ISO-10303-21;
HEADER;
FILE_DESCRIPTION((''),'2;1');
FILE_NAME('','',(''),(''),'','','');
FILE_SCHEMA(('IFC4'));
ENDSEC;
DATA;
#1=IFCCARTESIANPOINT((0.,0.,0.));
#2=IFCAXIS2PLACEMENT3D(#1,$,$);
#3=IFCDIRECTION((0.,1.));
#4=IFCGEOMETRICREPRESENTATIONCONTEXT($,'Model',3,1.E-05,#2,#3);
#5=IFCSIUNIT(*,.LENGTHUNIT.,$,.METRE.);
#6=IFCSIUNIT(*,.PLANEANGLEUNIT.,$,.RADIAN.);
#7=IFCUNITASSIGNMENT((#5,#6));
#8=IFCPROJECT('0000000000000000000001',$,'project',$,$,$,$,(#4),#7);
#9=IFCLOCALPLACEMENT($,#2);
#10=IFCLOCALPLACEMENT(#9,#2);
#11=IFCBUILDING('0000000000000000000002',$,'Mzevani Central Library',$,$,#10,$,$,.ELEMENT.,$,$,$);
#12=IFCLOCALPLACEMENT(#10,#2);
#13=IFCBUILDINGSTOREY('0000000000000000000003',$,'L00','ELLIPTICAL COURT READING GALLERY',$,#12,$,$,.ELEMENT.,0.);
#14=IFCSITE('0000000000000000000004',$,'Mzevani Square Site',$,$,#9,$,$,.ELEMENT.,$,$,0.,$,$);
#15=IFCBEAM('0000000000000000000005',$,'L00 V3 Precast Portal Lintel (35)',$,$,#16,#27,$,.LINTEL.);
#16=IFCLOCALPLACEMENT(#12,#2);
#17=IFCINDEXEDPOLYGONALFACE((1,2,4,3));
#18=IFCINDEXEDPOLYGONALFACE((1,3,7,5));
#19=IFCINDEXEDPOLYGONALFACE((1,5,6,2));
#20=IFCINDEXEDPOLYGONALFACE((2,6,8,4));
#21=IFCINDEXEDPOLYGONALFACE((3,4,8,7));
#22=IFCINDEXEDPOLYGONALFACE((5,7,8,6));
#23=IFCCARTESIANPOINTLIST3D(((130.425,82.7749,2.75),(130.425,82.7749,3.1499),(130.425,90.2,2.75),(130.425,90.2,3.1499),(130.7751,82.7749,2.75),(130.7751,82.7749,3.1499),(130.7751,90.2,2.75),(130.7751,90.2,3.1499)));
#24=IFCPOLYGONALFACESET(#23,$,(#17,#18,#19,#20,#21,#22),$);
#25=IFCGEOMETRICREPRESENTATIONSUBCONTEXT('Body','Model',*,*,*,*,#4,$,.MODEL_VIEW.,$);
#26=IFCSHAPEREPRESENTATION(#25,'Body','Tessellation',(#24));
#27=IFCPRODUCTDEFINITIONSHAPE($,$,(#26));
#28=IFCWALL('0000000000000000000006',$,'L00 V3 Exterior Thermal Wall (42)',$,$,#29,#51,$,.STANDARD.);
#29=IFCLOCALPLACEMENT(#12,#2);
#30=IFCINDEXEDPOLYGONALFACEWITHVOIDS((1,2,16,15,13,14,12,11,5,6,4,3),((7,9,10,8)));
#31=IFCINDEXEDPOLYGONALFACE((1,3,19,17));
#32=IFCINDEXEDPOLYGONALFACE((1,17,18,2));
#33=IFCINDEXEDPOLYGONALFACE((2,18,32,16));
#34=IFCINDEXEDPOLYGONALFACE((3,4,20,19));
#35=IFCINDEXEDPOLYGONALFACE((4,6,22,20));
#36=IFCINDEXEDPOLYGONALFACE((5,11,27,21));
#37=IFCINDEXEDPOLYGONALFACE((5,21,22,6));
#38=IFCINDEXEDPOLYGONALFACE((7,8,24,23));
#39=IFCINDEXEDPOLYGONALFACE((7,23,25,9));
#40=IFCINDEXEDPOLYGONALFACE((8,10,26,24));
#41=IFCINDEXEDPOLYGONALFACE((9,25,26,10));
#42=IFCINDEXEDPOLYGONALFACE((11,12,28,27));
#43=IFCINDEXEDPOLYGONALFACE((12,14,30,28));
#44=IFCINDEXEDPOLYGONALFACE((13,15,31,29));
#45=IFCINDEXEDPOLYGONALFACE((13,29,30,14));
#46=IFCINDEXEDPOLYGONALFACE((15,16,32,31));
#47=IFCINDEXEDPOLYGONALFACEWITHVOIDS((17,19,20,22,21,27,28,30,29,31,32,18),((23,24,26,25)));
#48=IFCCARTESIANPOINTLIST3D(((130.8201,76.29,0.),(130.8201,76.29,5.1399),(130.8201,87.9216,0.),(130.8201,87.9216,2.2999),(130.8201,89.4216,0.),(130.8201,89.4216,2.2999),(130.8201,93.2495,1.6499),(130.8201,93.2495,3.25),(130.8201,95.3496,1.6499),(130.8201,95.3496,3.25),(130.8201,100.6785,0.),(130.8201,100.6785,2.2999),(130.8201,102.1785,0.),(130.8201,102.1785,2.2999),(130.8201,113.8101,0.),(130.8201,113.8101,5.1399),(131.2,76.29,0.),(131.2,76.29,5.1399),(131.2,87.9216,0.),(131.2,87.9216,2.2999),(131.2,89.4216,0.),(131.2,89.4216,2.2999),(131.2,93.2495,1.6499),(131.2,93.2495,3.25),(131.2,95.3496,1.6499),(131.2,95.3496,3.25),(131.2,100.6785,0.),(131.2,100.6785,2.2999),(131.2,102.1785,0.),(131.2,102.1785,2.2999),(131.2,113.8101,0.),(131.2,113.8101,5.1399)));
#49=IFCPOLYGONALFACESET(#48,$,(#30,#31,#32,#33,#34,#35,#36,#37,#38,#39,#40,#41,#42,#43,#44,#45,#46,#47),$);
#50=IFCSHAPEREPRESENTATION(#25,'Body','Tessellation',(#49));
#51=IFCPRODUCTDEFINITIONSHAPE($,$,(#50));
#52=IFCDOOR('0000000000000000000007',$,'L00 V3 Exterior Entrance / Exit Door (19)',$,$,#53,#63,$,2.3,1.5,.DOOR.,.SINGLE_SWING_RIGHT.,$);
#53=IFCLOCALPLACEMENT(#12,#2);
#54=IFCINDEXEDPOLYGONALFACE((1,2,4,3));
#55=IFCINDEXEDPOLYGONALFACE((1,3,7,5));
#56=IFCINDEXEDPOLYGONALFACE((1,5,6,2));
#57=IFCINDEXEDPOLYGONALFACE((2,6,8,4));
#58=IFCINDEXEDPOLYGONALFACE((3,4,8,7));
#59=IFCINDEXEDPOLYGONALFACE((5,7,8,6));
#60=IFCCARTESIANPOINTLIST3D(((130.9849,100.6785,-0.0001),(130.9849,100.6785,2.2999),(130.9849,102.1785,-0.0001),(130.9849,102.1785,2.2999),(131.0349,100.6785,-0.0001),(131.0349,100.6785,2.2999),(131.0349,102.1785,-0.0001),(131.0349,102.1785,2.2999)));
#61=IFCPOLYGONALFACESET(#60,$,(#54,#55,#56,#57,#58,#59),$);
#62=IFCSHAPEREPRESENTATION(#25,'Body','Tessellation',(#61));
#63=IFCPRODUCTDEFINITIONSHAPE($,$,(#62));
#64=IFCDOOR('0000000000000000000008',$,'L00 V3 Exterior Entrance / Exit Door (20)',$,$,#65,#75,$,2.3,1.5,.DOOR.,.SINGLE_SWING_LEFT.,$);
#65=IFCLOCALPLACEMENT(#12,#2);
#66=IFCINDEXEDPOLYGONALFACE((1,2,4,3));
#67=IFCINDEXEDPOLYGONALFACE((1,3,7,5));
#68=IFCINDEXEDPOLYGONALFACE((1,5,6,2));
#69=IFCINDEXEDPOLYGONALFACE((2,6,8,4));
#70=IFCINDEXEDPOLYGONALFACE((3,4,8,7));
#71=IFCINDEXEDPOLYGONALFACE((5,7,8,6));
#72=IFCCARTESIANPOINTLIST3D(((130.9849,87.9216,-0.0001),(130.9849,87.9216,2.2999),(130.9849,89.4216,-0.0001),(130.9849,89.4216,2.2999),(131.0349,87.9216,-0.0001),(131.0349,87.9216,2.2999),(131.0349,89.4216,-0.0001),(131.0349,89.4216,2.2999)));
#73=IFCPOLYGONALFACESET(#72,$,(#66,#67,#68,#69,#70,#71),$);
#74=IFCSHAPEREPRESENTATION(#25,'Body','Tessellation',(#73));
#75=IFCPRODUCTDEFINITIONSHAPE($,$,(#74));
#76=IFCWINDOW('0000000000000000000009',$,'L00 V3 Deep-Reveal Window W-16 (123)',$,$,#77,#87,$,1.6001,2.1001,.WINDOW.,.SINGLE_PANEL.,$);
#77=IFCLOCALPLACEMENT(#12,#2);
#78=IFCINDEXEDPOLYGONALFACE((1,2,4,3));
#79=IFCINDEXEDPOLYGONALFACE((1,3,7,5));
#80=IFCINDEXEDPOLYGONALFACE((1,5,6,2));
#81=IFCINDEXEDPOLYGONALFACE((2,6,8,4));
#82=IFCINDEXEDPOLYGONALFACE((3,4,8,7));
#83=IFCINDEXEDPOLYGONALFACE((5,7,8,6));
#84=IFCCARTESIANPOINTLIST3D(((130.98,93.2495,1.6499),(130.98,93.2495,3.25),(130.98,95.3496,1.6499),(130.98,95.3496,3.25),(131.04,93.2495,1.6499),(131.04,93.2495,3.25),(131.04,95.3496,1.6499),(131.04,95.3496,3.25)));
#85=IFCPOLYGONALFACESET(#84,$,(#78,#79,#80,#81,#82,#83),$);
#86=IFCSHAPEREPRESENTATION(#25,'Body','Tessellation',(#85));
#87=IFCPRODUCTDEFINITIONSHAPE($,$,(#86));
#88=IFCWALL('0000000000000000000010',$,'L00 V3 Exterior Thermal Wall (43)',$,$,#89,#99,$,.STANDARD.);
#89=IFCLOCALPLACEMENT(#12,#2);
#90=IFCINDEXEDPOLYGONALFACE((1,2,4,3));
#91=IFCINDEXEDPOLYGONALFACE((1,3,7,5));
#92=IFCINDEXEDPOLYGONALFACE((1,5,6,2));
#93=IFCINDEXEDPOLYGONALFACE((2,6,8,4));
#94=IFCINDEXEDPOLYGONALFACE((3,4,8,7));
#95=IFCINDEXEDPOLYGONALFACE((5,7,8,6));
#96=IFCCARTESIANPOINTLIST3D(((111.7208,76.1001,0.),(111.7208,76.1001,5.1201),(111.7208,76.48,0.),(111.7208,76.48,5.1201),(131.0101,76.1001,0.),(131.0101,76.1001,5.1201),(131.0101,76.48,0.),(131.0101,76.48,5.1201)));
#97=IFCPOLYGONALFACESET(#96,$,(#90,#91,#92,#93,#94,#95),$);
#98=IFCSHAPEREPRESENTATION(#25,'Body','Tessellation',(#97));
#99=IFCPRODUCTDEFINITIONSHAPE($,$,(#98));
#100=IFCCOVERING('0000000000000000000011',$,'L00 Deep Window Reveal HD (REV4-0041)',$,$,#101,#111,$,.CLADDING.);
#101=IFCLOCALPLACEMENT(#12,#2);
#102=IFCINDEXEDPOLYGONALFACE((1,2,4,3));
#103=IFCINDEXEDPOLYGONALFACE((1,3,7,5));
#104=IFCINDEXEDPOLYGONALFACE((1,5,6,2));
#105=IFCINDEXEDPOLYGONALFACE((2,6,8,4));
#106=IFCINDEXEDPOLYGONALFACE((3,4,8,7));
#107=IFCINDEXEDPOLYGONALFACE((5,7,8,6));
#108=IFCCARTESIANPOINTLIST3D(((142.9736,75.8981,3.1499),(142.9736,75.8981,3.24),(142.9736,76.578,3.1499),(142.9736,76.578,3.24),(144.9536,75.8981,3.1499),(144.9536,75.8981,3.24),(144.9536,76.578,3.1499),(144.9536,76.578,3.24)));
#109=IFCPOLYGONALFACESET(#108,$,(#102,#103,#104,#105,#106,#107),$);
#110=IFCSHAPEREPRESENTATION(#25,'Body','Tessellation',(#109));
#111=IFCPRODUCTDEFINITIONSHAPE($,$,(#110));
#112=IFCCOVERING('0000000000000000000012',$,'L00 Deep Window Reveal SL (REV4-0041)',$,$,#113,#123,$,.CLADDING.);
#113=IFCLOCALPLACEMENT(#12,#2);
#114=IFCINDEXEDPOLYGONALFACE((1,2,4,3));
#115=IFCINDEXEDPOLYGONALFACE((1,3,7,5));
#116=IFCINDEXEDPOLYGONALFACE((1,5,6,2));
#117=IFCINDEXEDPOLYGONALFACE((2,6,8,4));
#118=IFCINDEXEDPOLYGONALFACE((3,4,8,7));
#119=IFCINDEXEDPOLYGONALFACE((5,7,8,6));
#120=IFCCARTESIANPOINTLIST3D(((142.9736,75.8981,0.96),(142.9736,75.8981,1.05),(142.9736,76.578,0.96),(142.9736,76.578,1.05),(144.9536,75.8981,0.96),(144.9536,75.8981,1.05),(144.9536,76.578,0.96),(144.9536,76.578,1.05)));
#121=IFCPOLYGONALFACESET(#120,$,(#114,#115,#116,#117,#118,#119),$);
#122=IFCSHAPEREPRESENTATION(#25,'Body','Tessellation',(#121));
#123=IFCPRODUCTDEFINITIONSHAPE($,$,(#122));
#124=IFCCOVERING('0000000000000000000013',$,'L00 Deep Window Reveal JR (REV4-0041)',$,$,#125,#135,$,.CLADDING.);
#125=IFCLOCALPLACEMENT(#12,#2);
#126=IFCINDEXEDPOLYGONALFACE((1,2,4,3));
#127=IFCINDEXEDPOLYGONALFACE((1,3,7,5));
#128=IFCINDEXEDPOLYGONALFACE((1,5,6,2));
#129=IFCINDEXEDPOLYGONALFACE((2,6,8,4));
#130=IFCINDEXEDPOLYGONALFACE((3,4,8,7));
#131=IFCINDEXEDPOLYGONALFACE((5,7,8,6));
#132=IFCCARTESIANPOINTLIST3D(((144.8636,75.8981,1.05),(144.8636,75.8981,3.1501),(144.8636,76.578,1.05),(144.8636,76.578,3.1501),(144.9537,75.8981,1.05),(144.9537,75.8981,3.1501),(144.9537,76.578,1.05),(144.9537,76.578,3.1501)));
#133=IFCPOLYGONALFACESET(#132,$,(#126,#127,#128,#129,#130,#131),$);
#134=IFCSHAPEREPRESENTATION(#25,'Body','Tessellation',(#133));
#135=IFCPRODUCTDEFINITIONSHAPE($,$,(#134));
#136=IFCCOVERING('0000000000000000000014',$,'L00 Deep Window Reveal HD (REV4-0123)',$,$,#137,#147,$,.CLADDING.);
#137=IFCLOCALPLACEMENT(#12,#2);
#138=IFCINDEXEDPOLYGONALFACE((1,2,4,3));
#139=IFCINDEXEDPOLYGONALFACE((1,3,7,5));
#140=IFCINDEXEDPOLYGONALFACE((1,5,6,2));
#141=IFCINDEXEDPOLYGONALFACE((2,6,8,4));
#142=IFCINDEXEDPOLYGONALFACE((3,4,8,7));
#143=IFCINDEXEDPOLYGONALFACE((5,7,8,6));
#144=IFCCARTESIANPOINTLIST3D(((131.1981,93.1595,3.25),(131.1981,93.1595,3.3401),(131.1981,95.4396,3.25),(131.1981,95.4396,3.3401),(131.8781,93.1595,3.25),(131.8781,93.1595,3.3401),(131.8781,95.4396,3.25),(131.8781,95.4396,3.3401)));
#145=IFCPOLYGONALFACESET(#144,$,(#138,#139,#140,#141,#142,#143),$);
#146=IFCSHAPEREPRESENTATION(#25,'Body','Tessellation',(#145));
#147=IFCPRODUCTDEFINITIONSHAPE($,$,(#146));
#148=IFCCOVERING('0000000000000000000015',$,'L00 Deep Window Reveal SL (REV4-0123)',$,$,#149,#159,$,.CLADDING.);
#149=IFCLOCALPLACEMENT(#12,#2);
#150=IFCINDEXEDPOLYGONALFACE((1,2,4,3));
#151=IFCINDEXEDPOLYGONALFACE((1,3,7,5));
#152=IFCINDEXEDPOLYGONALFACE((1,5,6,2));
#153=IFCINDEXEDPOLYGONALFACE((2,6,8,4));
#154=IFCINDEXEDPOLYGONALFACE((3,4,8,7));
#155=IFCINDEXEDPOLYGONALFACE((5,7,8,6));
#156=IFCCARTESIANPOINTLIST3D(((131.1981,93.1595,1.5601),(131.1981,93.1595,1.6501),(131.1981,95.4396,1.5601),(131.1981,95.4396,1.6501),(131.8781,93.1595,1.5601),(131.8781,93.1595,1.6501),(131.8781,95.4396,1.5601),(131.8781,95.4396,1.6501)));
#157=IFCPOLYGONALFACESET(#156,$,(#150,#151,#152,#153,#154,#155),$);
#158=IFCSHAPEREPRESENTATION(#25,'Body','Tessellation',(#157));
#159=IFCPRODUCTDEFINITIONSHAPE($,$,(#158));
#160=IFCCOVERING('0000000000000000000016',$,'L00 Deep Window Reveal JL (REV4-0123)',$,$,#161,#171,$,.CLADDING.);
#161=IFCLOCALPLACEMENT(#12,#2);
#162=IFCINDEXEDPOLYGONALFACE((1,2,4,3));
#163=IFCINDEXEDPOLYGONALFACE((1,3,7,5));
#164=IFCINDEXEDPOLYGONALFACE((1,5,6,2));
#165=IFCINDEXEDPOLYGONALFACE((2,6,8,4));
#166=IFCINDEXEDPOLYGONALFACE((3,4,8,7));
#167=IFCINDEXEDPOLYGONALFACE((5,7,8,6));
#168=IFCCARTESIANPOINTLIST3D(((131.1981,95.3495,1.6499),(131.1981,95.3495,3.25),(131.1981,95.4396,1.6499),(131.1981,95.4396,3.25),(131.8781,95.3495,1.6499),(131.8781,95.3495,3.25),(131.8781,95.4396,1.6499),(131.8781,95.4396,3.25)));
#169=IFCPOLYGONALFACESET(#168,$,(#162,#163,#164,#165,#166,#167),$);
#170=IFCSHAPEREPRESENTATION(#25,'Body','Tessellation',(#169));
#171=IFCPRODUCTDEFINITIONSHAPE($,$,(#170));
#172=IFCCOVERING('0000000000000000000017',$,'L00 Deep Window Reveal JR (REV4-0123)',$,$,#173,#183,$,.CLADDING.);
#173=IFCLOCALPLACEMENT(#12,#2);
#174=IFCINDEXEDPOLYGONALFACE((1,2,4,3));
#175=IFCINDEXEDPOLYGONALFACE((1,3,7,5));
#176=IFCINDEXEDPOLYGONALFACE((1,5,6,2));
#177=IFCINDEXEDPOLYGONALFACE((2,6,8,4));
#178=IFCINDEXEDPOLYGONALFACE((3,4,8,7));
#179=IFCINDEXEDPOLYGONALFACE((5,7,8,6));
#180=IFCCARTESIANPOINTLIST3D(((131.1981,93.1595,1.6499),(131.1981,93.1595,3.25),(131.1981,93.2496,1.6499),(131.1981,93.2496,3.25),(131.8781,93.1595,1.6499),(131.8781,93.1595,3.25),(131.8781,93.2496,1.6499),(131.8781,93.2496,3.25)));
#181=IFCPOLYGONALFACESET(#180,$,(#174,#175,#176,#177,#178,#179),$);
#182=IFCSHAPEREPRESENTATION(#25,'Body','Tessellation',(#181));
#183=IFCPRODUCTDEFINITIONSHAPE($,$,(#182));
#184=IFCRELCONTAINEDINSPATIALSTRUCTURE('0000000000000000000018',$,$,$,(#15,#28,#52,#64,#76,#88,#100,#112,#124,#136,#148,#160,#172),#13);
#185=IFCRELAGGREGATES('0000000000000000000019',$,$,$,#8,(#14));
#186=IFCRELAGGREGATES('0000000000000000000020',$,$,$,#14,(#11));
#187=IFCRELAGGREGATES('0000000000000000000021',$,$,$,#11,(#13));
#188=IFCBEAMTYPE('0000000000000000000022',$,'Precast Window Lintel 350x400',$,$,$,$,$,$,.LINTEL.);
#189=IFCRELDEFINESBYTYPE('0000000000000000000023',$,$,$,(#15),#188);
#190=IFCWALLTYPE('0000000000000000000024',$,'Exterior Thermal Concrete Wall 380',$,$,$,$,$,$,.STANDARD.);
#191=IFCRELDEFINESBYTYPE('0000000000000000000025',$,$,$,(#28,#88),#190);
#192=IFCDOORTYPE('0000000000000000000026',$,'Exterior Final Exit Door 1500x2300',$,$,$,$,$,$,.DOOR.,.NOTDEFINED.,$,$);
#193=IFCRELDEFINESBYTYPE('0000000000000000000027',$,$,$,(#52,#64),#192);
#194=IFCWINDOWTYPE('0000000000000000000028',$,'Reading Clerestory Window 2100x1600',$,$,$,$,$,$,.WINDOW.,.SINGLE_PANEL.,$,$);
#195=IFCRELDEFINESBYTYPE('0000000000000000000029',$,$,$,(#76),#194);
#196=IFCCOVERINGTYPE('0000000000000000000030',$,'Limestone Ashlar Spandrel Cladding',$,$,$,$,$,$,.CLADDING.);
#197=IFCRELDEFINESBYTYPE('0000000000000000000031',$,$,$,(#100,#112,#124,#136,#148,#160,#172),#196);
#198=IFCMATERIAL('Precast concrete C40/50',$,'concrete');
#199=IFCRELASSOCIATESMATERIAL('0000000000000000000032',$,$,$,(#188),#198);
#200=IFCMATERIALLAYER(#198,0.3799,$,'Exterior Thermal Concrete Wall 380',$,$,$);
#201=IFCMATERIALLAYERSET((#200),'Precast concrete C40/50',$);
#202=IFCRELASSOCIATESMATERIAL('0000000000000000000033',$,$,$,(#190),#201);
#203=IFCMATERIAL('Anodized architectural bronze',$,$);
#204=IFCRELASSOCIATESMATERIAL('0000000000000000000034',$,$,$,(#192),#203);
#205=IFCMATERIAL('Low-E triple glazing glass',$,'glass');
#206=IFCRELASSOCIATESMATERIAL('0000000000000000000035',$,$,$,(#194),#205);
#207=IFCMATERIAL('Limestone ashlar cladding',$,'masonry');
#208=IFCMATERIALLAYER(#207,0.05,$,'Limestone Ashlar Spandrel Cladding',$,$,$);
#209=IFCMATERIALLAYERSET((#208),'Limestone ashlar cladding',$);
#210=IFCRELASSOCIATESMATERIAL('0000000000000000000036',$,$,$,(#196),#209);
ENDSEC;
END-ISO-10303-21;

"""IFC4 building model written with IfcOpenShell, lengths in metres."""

from ifc_helpers import new_model, si_unit, direction, frame, frame_2d, origin, origin_2d, place, context, subcontext, project, spatial, rectangle, extrude, material, layer, layer_set, material_profile, profile_set, type_object, element, fill, save


model = new_model("IFC4")

# Units and contexts
model_context = context("Model", 3, precision=1e-05, world=origin(), true_north=direction((0.0, 1.0)))
body_context = subcontext(model_context, "Body", "Model", "MODEL_VIEW")
ifc_project = project(units=[si_unit("LENGTHUNIT", "METRE"), si_unit("PLANEANGLEUNIT", "RADIAN")], contexts=[model_context])

# Site, building, storey
site_placement = place(None, origin())
site = spatial("IfcSite", under=ifc_project, at=site_placement, Name="Mzevani Square Site", CompositionType="ELEMENT", RefElevation=0.0)
building_placement = place(site_placement, origin())
building = spatial("IfcBuilding", under=site, at=building_placement, Name="Mzevani Central Library", CompositionType="ELEMENT")
storey_placement = place(building_placement, origin())
storey = spatial("IfcBuildingStorey", under=building, at=storey_placement, Name="L00", Description="ELLIPTICAL COURT READING GALLERY", CompositionType="ELEMENT", Elevation=0.0)

# Beam
ifc_material_1 = material(Name="Precast concrete C40/50", Category="concrete")
ifc_material_profile_1 = material_profile(ifc_material_1, rectangle(XDim=0.3501, YDim=0.3999, at=origin_2d()), Name="PC LN350x400")
ifc_profile_set_1 = profile_set([ifc_material_profile_1], Name="Precast concrete C40/50")
beam_type_1 = type_object("IfcBeamType", Name="Precast Window Lintel 350x400", PredefinedType="LINTEL", material=ifc_profile_set_1)
beam_1_placement = place(storey_placement, frame((130.6001, 82.7749, 2.95), z_axis=(0.0, 1.0, 0.0), x_axis=(-1.0, 0.0, 0.0)))
element("IfcBeam", 1, at=beam_1_placement, inside=storey, type_object=beam_type_1, Name="L00 V3 Precast Portal Lintel (35)", PredefinedType="LINTEL", context=body_context, shape_type="SweptSolid", body=[
    extrude(rectangle(XDim=0.3501, YDim=0.3999, at=origin_2d()), origin(), (0.0, 0.0, 1.0), 7.425),
])

# Wall, openings, doors, window
ifc_layer_1 = layer(ifc_material_1, 0.3799, Name="Exterior Thermal Concrete Wall 380")
ifc_layer_set_1 = layer_set([ifc_layer_1], Name="Precast concrete C40/50")
wall_type = type_object("IfcWallType", Name="Exterior Thermal Concrete Wall 380", PredefinedType="STANDARD", material=ifc_layer_set_1)
wall_1_placement = place(storey_placement, frame((131.01, 113.8101, 0.0), z_axis=(0.0, 0.0, 1.0), x_axis=(0.0, -1.0, 0.0)))
wall_1 = element("IfcWall", 2, at=wall_1_placement, inside=storey, type_object=wall_type, Name="L00 V3 Exterior Thermal Wall (42)", PredefinedType="STANDARD", context=body_context, shape_type="SweptSolid", body=[
    extrude(rectangle(XDim=37.52, YDim=0.3799, at=frame_2d((18.76, 0.0))), origin(), (0.0, 0.0, 1.0), 5.1399),
])
opening_1_placement = place(wall_1_placement, frame((11.6316, 0.0, 0.0)))
opening_1 = element("IfcOpeningElement", 3, at=opening_1_placement, cuts=wall_1, PredefinedType="OPENING", context=body_context, shape_type="SweptSolid", body=[
    extrude(rectangle(XDim=1.5, YDim=2.3, at=frame_2d((0.75, 1.1499))), frame((0.0, 0.2, 0.0), z_axis=(0.0, -1.0, 0.0), x_axis=(1.0, 0.0, 0.0)), (0.0, 0.0, 1.0), 0.3999),
])
opening_2_placement = place(wall_1_placement, frame((24.3884, 0.0, 0.0)))
opening_2 = element("IfcOpeningElement", 4, at=opening_2_placement, cuts=wall_1, PredefinedType="OPENING", context=body_context, shape_type="SweptSolid", body=[
    extrude(rectangle(XDim=1.5, YDim=2.3, at=frame_2d((0.75, 1.1499))), frame((0.0, 0.2, 0.0), z_axis=(0.0, -1.0, 0.0), x_axis=(1.0, 0.0, 0.0)), (0.0, 0.0, 1.0), 0.3999),
])
opening_3_placement = place(wall_1_placement, frame((18.4604, 0.0, 1.6499)))
opening_3 = element("IfcOpeningElement", 5, at=opening_3_placement, cuts=wall_1, PredefinedType="OPENING", context=body_context, shape_type="SweptSolid", body=[
    extrude(rectangle(XDim=2.1001, YDim=1.6001, at=frame_2d((1.05, 0.8))), frame((0.0, 0.2, 0.0), z_axis=(0.0, -1.0, 0.0), x_axis=(1.0, 0.0, 0.0)), (0.0, 0.0, 1.0), 0.3999),
])
ifc_material_2 = material(Name="Anodized architectural bronze")
door_type = type_object("IfcDoorType", Name="Exterior Final Exit Door 1500x2300", OperationType="NOTDEFINED", PredefinedType="DOOR", material=ifc_material_2)
door_1_placement = place(opening_1_placement, origin())
door_1 = element("IfcDoor", 6, at=door_1_placement, inside=storey, type_object=door_type, Name="L00 V3 Exterior Entrance / Exit Door (19)", OperationType="SINGLE_SWING_RIGHT", OverallHeight=2.3, OverallWidth=1.5, PredefinedType="DOOR", context=body_context, shape_type="SweptSolid", body=[
    extrude(rectangle(XDim=1.5, YDim=2.3, at=frame_2d((0.75, 1.1499))), frame((0.0, 0.0249, 0.0), z_axis=(0.0, -1.0, 0.0), x_axis=(1.0, 0.0, 0.0)), (0.0, 0.0, 1.0), 0.05),
])
fill(opening_1, door_1)
door_2_placement = place(opening_2_placement, origin())
door_2 = element("IfcDoor", 7, at=door_2_placement, inside=storey, type_object=door_type, Name="L00 V3 Exterior Entrance / Exit Door (20)", OperationType="SINGLE_SWING_LEFT", OverallHeight=2.3, OverallWidth=1.5, PredefinedType="DOOR", context=body_context, shape_type="SweptSolid", body=[
    extrude(rectangle(XDim=1.5, YDim=2.3, at=frame_2d((0.75, 1.1499))), frame((0.0, 0.0249, 0.0), z_axis=(0.0, -1.0, 0.0), x_axis=(1.0, 0.0, 0.0)), (0.0, 0.0, 1.0), 0.05),
])
fill(opening_2, door_2)
ifc_material_3 = material(Name="Low-E triple glazing glass", Category="glass")
window_type = type_object("IfcWindowType", Name="Reading Clerestory Window 2100x1600", PartitioningType="SINGLE_PANEL", PredefinedType="WINDOW", material=ifc_material_3)
window_placement = place(opening_3_placement, origin())
window = element("IfcWindow", 8, at=window_placement, inside=storey, type_object=window_type, Name="L00 V3 Deep-Reveal Window W-16 (123)", OverallHeight=1.6001, OverallWidth=2.1001, PartitioningType="SINGLE_PANEL", PredefinedType="WINDOW", context=body_context, shape_type="SweptSolid", body=[
    extrude(rectangle(XDim=2.1001, YDim=1.6001, at=frame_2d((1.05, 0.8))), frame((0.0, 0.03, 0.0), z_axis=(0.0, -1.0, 0.0), x_axis=(1.0, 0.0, 0.0)), (0.0, 0.0, 1.0), 0.0601),
])
fill(opening_3, window)

# Wall
wall_2_placement = place(storey_placement, frame((131.01, 76.29, 0.0), z_axis=(0.0, 0.0, 1.0), x_axis=(-1.0, 0.0, 0.0)))
element("IfcWall", 9, at=wall_2_placement, inside=storey, type_object=wall_type, Name="L00 V3 Exterior Thermal Wall (43)", PredefinedType="STANDARD", context=body_context, shape_type="SweptSolid", body=[
    extrude(rectangle(XDim=19.2893, YDim=0.3799, at=frame_2d((9.6445, 0.0))), origin(), (0.0, 0.0, 1.0), 5.1201),
])

# Coverings
ifc_material_4 = material(Name="Limestone ashlar cladding", Category="masonry")
ifc_layer_2 = layer(ifc_material_4, 0.05, Name="Limestone Ashlar Spandrel Cladding")
ifc_layer_set_2 = layer_set([ifc_layer_2], Name="Limestone ashlar cladding")
covering_type_1 = type_object("IfcCoveringType", Name="Limestone Ashlar Spandrel Cladding", PredefinedType="CLADDING", material=ifc_layer_set_2)
for number, where, z_axis, x_axis, name in (
    (10, (143.9636, 76.238, 3.1499), (0.0, 0.0, 1.0), (1.0, 0.0, 0.0), "L00 Deep Window Reveal HD (REV4-0041)"),
    (11, (143.9636, 76.238, 0.96), (0.0, 0.0, 1.0), (1.0, 0.0, 0.0), "L00 Deep Window Reveal SL (REV4-0041)"),
):
    element("IfcCovering", number, at=place(storey_placement, frame(where, z_axis=z_axis, x_axis=x_axis)), inside=storey, type_object=covering_type_1, Name=name, PredefinedType="CLADDING", context=body_context, shape_type="SweptSolid", body=[
        extrude(rectangle(XDim=1.98, YDim=0.6799, at=origin_2d()), origin(), (0.0, 0.0, 1.0), 0.0901),
    ])
covering_1_placement = place(storey_placement, frame((144.9087, 76.238, 1.05), z_axis=(0.0, 0.0, 1.0), x_axis=(1.0, 0.0, 0.0)))
element("IfcCovering", 12, at=covering_1_placement, inside=storey, type_object=covering_type_1, Name="L00 Deep Window Reveal JR (REV4-0041)", PredefinedType="CLADDING", context=body_context, shape_type="SweptSolid", body=[
    extrude(rectangle(XDim=0.0901, YDim=0.6799, at=origin_2d()), origin(), (0.0, 0.0, 1.0), 2.1001),
])
for number, where, z_axis, x_axis, name in (
    (13, (131.5381, 94.2996, 3.25), (0.0, 0.0, 1.0), (0.0, -1.0, 0.0), "L00 Deep Window Reveal HD (REV4-0123)"),
    (14, (131.5381, 94.2996, 1.5601), (0.0, 0.0, 1.0), (0.0, -1.0, 0.0), "L00 Deep Window Reveal SL (REV4-0123)"),
):
    element("IfcCovering", number, at=place(storey_placement, frame(where, z_axis=z_axis, x_axis=x_axis)), inside=storey, type_object=covering_type_1, Name=name, PredefinedType="CLADDING", context=body_context, shape_type="SweptSolid", body=[
        extrude(rectangle(XDim=2.28, YDim=0.6799, at=origin_2d()), origin(), (0.0, 0.0, 1.0), 0.0901),
    ])
for number, where, z_axis, x_axis, name in (
    (15, (131.5381, 95.3945, 1.6499), (0.0, 0.0, 1.0), (0.0, -1.0, 0.0), "L00 Deep Window Reveal JL (REV4-0123)"),
    (16, (131.5381, 93.2046, 1.6499), (0.0, 0.0, 1.0), (0.0, -1.0, 0.0), "L00 Deep Window Reveal JR (REV4-0123)"),
):
    element("IfcCovering", number, at=place(storey_placement, frame(where, z_axis=z_axis, x_axis=x_axis)), inside=storey, type_object=covering_type_1, Name=name, PredefinedType="CLADDING", context=body_context, shape_type="SweptSolid", body=[
        extrude(rectangle(XDim=0.0901, YDim=0.6799, at=origin_2d()), origin(), (0.0, 0.0, 1.0), 1.6001),
    ])

save(model, "model.ifc")
